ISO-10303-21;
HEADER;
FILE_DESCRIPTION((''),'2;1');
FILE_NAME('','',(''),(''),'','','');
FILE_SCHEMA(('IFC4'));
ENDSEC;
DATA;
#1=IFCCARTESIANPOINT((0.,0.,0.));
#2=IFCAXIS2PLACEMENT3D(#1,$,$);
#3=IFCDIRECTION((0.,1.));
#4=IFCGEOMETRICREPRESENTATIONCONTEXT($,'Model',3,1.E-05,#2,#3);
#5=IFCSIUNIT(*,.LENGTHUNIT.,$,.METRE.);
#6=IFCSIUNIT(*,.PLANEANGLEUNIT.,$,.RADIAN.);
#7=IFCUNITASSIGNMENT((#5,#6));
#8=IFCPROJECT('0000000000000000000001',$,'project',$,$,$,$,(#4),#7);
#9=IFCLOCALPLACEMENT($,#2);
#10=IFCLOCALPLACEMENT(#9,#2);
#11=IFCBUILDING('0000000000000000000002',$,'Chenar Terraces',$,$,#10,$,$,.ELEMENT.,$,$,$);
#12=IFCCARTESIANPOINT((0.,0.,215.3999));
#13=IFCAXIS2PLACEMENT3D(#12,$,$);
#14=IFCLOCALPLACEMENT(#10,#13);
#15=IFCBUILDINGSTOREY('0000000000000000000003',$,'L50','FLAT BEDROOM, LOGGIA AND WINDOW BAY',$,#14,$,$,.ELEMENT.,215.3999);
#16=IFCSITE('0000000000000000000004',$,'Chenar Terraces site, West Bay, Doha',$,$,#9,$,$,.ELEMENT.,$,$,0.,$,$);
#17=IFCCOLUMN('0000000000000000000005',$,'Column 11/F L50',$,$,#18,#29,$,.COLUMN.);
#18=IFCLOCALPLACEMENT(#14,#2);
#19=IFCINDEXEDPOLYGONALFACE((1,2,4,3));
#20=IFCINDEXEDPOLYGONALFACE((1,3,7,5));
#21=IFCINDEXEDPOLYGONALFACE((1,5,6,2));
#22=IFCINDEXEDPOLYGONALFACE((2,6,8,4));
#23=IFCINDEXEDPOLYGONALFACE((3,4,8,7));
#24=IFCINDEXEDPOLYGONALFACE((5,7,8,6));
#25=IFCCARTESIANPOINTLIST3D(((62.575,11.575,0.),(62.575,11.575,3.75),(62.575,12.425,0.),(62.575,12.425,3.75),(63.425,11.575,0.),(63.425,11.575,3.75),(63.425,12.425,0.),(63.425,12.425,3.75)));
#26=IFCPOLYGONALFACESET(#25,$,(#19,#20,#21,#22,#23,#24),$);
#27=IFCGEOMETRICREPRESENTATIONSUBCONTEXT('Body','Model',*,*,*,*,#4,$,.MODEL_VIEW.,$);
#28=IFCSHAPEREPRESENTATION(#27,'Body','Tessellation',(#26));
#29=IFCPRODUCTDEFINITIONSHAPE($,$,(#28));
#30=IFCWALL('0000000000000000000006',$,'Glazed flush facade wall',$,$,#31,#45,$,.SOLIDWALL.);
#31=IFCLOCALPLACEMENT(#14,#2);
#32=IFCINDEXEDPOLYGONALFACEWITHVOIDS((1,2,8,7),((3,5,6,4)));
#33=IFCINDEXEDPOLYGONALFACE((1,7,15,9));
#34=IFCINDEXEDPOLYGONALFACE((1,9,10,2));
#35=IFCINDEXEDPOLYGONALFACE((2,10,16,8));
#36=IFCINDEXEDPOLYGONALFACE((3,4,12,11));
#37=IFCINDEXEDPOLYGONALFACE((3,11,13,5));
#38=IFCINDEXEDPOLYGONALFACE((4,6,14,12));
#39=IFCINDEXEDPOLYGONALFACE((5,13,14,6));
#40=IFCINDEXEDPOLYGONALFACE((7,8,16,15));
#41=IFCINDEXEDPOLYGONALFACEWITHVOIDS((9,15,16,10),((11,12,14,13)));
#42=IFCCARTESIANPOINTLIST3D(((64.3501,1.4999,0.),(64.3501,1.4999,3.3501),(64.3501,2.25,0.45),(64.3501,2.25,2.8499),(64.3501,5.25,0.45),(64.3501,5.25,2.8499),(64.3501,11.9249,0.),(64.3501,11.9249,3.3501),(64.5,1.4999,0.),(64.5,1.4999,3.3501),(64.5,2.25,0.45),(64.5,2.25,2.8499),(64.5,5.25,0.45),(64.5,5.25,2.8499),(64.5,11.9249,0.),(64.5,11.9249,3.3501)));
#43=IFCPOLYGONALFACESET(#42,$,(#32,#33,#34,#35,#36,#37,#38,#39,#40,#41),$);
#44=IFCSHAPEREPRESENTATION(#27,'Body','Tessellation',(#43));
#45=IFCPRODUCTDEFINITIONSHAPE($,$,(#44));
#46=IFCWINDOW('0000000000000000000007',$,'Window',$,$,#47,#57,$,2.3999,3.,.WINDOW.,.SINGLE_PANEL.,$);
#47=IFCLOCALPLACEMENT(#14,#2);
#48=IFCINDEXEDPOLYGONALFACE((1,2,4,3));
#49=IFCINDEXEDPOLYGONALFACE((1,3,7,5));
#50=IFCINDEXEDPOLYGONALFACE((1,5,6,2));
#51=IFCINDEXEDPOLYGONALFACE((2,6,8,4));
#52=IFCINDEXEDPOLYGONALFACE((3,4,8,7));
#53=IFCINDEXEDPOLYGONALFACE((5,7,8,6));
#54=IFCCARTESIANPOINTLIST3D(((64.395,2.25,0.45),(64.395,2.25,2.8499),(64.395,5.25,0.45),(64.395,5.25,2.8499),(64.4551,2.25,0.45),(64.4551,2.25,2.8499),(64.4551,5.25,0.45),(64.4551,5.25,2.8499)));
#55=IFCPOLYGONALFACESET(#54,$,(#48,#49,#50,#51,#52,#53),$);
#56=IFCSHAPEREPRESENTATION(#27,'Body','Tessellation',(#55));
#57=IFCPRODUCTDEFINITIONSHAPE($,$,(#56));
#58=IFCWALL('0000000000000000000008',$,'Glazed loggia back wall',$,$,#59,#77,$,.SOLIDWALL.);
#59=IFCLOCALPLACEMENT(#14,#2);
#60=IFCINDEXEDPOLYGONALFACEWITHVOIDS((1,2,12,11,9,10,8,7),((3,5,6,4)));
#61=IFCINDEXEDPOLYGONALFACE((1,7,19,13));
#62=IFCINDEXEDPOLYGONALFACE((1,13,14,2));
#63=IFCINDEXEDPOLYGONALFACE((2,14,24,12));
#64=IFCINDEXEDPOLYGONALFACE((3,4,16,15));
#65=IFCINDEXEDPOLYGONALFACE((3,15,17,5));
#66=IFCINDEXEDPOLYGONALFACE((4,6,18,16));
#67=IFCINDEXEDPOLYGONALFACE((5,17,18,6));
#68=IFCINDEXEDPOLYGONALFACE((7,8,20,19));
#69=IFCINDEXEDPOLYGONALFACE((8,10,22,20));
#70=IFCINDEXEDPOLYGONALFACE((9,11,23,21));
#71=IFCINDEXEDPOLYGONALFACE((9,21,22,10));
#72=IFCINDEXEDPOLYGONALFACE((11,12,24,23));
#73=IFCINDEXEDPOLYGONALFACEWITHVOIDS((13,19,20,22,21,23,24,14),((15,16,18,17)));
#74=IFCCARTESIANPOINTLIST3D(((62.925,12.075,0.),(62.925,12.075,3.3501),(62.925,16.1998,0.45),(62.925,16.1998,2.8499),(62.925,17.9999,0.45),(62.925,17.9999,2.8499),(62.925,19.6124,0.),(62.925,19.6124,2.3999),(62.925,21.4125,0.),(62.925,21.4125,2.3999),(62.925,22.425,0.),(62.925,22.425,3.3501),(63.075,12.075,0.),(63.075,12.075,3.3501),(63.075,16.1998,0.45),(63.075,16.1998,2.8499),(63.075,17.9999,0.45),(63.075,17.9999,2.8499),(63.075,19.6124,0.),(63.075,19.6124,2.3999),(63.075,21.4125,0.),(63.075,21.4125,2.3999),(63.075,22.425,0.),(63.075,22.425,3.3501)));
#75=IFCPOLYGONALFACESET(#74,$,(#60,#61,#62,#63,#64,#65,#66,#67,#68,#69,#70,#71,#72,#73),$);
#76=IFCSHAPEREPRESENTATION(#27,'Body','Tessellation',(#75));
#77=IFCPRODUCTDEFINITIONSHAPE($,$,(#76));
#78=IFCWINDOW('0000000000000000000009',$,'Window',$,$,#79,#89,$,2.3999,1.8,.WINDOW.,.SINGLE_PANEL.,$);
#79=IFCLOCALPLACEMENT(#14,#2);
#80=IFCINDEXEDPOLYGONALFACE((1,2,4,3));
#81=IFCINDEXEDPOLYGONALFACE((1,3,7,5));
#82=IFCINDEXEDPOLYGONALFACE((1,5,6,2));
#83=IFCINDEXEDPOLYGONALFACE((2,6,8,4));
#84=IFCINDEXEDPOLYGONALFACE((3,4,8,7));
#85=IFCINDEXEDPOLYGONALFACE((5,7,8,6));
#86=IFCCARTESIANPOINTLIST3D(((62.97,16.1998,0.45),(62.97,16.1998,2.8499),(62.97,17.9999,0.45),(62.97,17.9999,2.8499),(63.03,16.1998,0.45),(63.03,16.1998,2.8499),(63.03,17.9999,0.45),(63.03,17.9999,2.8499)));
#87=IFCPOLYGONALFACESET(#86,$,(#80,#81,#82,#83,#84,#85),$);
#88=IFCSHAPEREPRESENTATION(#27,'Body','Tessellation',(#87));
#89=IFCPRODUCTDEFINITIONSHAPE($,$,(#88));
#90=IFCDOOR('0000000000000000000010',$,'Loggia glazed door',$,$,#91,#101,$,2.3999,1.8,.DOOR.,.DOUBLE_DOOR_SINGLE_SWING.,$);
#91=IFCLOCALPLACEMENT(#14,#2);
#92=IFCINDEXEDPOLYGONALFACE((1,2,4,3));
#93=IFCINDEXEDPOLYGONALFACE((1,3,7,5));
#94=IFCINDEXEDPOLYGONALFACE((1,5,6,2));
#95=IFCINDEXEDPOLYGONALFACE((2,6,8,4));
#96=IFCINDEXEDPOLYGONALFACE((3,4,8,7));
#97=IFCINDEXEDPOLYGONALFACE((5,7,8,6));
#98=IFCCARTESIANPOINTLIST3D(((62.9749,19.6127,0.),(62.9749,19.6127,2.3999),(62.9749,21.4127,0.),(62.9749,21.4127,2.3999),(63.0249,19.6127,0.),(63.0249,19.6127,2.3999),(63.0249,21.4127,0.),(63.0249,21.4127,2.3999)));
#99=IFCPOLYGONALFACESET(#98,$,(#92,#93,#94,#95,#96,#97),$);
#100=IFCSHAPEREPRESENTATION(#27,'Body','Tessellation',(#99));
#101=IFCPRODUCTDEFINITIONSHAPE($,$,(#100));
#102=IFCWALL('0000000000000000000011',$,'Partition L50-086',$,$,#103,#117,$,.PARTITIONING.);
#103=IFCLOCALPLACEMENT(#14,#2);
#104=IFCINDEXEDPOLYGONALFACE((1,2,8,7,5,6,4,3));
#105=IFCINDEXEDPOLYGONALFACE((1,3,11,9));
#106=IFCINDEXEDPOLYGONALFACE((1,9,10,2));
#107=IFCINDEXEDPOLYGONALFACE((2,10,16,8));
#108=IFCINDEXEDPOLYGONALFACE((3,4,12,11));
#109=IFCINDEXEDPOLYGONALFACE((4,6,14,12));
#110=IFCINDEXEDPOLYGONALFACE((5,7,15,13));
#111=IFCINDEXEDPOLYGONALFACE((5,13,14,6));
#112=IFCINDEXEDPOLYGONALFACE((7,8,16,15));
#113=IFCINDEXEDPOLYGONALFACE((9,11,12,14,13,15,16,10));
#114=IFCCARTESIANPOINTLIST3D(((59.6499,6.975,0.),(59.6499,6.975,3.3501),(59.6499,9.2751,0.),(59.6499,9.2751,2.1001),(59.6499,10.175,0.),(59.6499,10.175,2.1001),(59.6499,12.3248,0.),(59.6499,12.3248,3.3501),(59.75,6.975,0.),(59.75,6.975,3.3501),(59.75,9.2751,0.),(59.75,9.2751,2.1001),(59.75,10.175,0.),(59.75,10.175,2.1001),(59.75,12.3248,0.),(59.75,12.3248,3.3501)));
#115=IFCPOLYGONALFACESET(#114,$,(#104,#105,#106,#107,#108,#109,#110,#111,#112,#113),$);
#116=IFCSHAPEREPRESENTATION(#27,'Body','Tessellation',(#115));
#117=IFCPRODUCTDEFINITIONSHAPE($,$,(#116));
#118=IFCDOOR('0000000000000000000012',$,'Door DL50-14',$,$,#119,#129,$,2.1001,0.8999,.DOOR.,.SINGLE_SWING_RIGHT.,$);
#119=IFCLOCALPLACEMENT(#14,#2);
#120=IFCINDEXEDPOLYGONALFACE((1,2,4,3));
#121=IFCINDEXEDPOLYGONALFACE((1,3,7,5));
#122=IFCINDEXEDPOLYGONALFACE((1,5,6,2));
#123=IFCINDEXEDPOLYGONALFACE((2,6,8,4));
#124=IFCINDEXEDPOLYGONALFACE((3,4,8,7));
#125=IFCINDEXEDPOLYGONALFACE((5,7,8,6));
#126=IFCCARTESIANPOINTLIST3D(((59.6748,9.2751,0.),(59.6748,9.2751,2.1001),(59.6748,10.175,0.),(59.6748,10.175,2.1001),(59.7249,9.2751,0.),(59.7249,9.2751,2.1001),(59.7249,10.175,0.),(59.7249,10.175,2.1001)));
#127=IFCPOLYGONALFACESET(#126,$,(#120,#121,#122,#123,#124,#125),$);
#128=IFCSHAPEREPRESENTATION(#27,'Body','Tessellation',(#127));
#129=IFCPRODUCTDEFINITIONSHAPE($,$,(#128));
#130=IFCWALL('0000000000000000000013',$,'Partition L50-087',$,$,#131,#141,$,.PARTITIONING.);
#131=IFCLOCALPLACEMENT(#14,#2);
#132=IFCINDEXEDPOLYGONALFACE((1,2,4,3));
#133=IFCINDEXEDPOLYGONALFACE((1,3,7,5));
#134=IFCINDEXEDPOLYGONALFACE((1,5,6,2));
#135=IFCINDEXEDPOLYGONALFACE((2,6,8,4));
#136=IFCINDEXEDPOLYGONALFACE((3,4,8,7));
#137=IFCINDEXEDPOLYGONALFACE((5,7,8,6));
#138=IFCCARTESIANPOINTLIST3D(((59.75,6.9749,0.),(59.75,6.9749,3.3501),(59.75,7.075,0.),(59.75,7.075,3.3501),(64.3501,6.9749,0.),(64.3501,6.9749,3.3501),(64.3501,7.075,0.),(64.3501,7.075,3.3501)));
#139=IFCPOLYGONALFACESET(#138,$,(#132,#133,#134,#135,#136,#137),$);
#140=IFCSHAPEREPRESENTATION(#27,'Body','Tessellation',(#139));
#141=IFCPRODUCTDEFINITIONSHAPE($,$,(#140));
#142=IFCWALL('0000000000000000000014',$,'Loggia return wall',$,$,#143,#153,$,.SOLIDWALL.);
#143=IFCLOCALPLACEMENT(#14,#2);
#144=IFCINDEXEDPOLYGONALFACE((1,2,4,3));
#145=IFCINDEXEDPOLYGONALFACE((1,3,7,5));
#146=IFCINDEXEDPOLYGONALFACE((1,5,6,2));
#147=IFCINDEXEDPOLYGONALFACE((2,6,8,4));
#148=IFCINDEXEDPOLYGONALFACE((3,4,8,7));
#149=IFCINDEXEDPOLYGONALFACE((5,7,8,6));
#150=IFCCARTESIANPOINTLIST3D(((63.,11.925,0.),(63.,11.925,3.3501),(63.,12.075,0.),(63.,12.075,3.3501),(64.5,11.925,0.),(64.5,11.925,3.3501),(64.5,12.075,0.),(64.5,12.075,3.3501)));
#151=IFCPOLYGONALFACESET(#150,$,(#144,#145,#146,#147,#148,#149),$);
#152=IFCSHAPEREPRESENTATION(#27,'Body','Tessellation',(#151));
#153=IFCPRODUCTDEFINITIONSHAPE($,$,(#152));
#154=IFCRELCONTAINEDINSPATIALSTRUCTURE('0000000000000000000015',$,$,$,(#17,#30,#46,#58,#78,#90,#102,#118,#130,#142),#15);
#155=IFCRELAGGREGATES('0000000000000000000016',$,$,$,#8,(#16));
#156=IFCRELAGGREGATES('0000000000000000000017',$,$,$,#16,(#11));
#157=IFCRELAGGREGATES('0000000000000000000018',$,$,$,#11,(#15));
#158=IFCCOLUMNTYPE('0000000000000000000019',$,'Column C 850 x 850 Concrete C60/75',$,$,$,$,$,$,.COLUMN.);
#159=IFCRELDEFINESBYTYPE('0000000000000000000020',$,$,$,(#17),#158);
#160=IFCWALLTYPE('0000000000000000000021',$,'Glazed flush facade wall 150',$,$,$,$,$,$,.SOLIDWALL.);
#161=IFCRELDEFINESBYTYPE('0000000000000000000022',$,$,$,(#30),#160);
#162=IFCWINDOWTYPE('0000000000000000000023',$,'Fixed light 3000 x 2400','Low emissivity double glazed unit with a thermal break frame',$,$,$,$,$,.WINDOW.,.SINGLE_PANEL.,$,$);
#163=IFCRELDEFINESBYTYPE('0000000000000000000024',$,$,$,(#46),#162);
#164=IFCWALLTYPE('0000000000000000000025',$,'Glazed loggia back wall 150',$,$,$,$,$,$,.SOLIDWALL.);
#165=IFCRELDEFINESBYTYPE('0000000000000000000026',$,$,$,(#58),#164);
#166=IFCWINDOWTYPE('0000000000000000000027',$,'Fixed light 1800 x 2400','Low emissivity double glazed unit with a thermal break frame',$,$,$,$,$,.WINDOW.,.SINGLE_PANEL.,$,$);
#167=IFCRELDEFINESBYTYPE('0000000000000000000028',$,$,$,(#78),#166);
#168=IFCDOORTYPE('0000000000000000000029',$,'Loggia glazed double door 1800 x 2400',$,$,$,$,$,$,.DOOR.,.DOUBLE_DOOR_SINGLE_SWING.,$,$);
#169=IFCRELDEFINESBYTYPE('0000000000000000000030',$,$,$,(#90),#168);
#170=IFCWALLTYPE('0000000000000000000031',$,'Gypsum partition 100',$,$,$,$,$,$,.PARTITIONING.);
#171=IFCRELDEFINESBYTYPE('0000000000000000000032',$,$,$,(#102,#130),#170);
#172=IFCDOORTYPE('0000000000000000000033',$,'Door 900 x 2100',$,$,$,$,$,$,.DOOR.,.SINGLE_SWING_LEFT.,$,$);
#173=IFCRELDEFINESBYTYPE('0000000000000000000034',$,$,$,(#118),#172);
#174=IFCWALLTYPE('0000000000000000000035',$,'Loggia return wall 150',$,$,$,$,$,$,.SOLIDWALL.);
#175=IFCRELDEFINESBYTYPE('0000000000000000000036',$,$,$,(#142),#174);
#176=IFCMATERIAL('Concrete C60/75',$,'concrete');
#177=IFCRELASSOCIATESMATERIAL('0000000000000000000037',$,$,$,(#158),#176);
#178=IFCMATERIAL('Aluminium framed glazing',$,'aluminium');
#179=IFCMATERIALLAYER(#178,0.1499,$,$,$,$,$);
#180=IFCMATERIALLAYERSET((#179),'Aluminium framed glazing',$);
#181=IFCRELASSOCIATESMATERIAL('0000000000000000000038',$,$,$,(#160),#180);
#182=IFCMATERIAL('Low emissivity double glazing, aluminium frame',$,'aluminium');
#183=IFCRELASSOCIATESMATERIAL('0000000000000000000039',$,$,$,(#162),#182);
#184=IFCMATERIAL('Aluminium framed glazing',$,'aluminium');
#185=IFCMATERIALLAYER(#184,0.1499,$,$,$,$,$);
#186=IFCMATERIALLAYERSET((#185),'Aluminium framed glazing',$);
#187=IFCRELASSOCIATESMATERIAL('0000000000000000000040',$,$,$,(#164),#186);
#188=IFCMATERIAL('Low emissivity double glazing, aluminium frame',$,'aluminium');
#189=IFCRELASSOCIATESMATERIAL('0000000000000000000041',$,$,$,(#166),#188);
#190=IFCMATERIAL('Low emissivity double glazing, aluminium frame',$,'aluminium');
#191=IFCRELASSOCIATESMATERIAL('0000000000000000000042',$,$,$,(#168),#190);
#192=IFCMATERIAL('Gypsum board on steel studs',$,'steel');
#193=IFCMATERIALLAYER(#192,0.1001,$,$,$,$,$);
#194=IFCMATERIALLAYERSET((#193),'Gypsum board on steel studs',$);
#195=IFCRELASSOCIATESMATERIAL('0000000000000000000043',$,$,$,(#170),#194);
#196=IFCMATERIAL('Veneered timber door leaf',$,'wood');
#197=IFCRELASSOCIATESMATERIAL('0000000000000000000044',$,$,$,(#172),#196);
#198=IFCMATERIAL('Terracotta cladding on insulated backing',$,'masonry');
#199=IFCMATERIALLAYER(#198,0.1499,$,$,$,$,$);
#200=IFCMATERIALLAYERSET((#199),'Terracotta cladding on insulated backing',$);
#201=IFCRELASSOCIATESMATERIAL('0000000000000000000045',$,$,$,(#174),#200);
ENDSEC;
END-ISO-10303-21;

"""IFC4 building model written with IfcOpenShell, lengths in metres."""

from ifc_helpers import new_model, si_unit, direction, frame, frame_2d, origin, origin_2d, place, context, subcontext, project, spatial, rectangle, extrude, material, layer, layer_set, material_profile, profile_set, type_object, element, fill, save


model = new_model("IFC4")

# Units and contexts
model_context = context("Model", 3, precision=1e-05, world=origin(), true_north=direction((0.0, 1.0)))
body_context = subcontext(model_context, "Body", "Model", "MODEL_VIEW")
ifc_project = project(units=[si_unit("LENGTHUNIT", "METRE"), si_unit("PLANEANGLEUNIT", "RADIAN")], contexts=[model_context])

# Site, building, storey
site_placement = place(None, origin())
site = spatial("IfcSite", under=ifc_project, at=site_placement, Name="Chenar Terraces site, West Bay, Doha", CompositionType="ELEMENT", RefElevation=0.0)
building_placement = place(site_placement, origin())
building = spatial("IfcBuilding", under=site, at=building_placement, Name="Chenar Terraces", CompositionType="ELEMENT")
storey_placement = place(building_placement, frame((0.0, 0.0, 215.3999)))
storey = spatial("IfcBuildingStorey", under=building, at=storey_placement, Name="L50", Description="FLAT BEDROOM, LOGGIA AND WINDOW BAY", CompositionType="ELEMENT", Elevation=215.3999)

# Column
ifc_material_1 = material(Name="Concrete C60/75", Category="concrete")
ifc_material_profile = material_profile(ifc_material_1, rectangle(XDim=0.8501, YDim=0.8501, at=origin_2d()), Name="C 850 x 850")
ifc_profile_set = profile_set([ifc_material_profile], Name="Concrete C60/75")
column_type = type_object("IfcColumnType", Name="Column C 850 x 850 Concrete C60/75", PredefinedType="COLUMN", material=ifc_profile_set)
column_placement = place(storey_placement, frame((63.0, 12.0, 0.0), z_axis=(0.0, 0.0, 1.0), x_axis=(1.0, 0.0, 0.0)))
element("IfcColumn", 1, at=column_placement, inside=storey, type_object=column_type, Name="Column 11/F L50", PredefinedType="COLUMN", context=body_context, shape_type="SweptSolid", body=[
    extrude(rectangle(XDim=0.8501, YDim=0.8501, at=origin_2d()), origin(), (0.0, 0.0, 1.0), 3.75),
])

# Wall, opening, window
ifc_material_2 = material(Name="Aluminium framed glazing", Category="aluminium")
ifc_layer_1 = layer(ifc_material_2, 0.1499)
ifc_layer_set_1 = layer_set([ifc_layer_1], Name="Aluminium framed glazing")
wall_type_1 = type_object("IfcWallType", Name="Glazed flush facade wall 150", PredefinedType="SOLIDWALL", material=ifc_layer_set_1)
wall_1_placement = place(storey_placement, frame((64.425, 1.5, 0.0), z_axis=(0.0, 0.0, 1.0), x_axis=(0.0, 1.0, 0.0)))
wall_1 = element("IfcWall", 2, at=wall_1_placement, inside=storey, type_object=wall_type_1, Name="Glazed flush facade wall", PredefinedType="SOLIDWALL", context=body_context, shape_type="SweptSolid", body=[
    extrude(rectangle(XDim=10.425, YDim=0.1499, at=frame_2d((5.2124, 0.0))), origin(), (0.0, 0.0, 1.0), 3.3501),
])
opening_1_placement = place(wall_1_placement, frame((0.75, 0.0, 0.45)))
opening_1 = element("IfcOpeningElement", 3, at=opening_1_placement, cuts=wall_1, PredefinedType="OPENING", context=body_context, shape_type="SweptSolid", body=[
    extrude(rectangle(XDim=3.0, YDim=2.3999, at=frame_2d((1.5, 1.2))), frame((0.0, 0.085, 0.0), z_axis=(0.0, -1.0, 0.0), x_axis=(1.0, 0.0, 0.0)), (0.0, 0.0, 1.0), 0.1699),
])
ifc_material_3 = material(Name="Low emissivity double glazing, aluminium frame", Category="aluminium")
window_type_1 = type_object("IfcWindowType", Name="Fixed light 3000 x 2400", Description="Low emissivity double glazed unit with a thermal break frame", PartitioningType="SINGLE_PANEL", PredefinedType="WINDOW", material=ifc_material_3)
window_1_placement = place(opening_1_placement, origin())
window_1 = element("IfcWindow", 4, at=window_1_placement, inside=storey, type_object=window_type_1, Name="Window", OverallHeight=2.3999, OverallWidth=3.0, PartitioningType="SINGLE_PANEL", PredefinedType="WINDOW", context=body_context, shape_type="SweptSolid", body=[
    extrude(rectangle(XDim=3.0, YDim=2.3999, at=frame_2d((1.5, 1.2))), frame((0.0, 0.03, 0.0), z_axis=(0.0, -1.0, 0.0), x_axis=(1.0, 0.0, 0.0)), (0.0, 0.0, 1.0), 0.0601),
])
fill(opening_1, window_1)

# Wall, openings, window, door
ifc_material_4 = material(Name="Aluminium framed glazing", Category="aluminium")
ifc_layer_2 = layer(ifc_material_4, 0.1499)
ifc_layer_set_2 = layer_set([ifc_layer_2], Name="Aluminium framed glazing")
wall_type_2 = type_object("IfcWallType", Name="Glazed loggia back wall 150", PredefinedType="SOLIDWALL", material=ifc_layer_set_2)
wall_2_placement = place(storey_placement, frame((63.0, 12.075, 0.0), z_axis=(0.0, 0.0, 1.0), x_axis=(0.0, 1.0, 0.0)))
wall_2 = element("IfcWall", 5, at=wall_2_placement, inside=storey, type_object=wall_type_2, Name="Glazed loggia back wall", PredefinedType="SOLIDWALL", context=body_context, shape_type="SweptSolid", body=[
    extrude(rectangle(XDim=10.3501, YDim=0.1499, at=frame_2d((5.175, 0.0))), origin(), (0.0, 0.0, 1.0), 3.3501),
])
opening_2_placement = place(wall_2_placement, frame((4.125, 0.0, 0.45)))
opening_2 = element("IfcOpeningElement", 6, at=opening_2_placement, cuts=wall_2, PredefinedType="OPENING", context=body_context, shape_type="SweptSolid", body=[
    extrude(rectangle(XDim=1.8, YDim=2.3999, at=frame_2d((0.8999, 1.2))), frame((0.0, 0.085, 0.0), z_axis=(0.0, -1.0, 0.0), x_axis=(1.0, 0.0, 0.0)), (0.0, 0.0, 1.0), 0.1699),
])
opening_3_placement = place(wall_2_placement, frame((7.5376, 0.0, 0.0)))
opening_3 = element("IfcOpeningElement", 7, at=opening_3_placement, cuts=wall_2, PredefinedType="OPENING", context=body_context, shape_type="SweptSolid", body=[
    extrude(rectangle(XDim=1.8, YDim=2.3999, at=frame_2d((0.8999, 1.2))), frame((0.0, 0.085, 0.0), z_axis=(0.0, -1.0, 0.0), x_axis=(1.0, 0.0, 0.0)), (0.0, 0.0, 1.0), 0.1699),
])
ifc_material_5 = material(Name="Low emissivity double glazing, aluminium frame", Category="aluminium")
window_type_2 = type_object("IfcWindowType", Name="Fixed light 1800 x 2400", Description="Low emissivity double glazed unit with a thermal break frame", PartitioningType="SINGLE_PANEL", PredefinedType="WINDOW", material=ifc_material_5)
window_2_placement = place(opening_2_placement, origin())
window_2 = element("IfcWindow", 8, at=window_2_placement, inside=storey, type_object=window_type_2, Name="Window", OverallHeight=2.3999, OverallWidth=1.8, PartitioningType="SINGLE_PANEL", PredefinedType="WINDOW", context=body_context, shape_type="SweptSolid", body=[
    extrude(rectangle(XDim=1.8, YDim=2.3999, at=frame_2d((0.8999, 1.2))), frame((0.0, 0.03, 0.0), z_axis=(0.0, -1.0, 0.0), x_axis=(1.0, 0.0, 0.0)), (0.0, 0.0, 1.0), 0.0601),
])
fill(opening_2, window_2)
ifc_material_6 = material(Name="Low emissivity double glazing, aluminium frame", Category="aluminium")
door_type_1 = type_object("IfcDoorType", Name="Loggia glazed double door 1800 x 2400", OperationType="DOUBLE_DOOR_SINGLE_SWING", PredefinedType="DOOR", material=ifc_material_6)
door_1_placement = place(opening_3_placement, frame((1.8, 0.0, 0.0), z_axis=(0.0, 0.0, 1.0), x_axis=(-1.0, 0.0, 0.0)))
door_1 = element("IfcDoor", 9, at=door_1_placement, inside=storey, type_object=door_type_1, Name="Loggia glazed door", OperationType="DOUBLE_DOOR_SINGLE_SWING", OverallHeight=2.3999, OverallWidth=1.8, PredefinedType="DOOR", context=body_context, shape_type="SweptSolid", body=[
    extrude(rectangle(XDim=1.8, YDim=2.3999, at=frame_2d((0.8999, 1.2))), frame((0.0, 0.0249, 0.0), z_axis=(0.0, -1.0, 0.0), x_axis=(1.0, 0.0, 0.0)), (0.0, 0.0, 1.0), 0.05),
])
fill(opening_3, door_1)

# Wall, opening, door
ifc_material_7 = material(Name="Gypsum board on steel studs", Category="steel")
ifc_layer_3 = layer(ifc_material_7, 0.1001)
ifc_layer_set_3 = layer_set([ifc_layer_3], Name="Gypsum board on steel studs")
wall_type_3 = type_object("IfcWallType", Name="Gypsum partition 100", PredefinedType="PARTITIONING", material=ifc_layer_set_3)
wall_3_placement = place(storey_placement, frame((59.7, 6.9751, 0.0), z_axis=(0.0, 0.0, 1.0), x_axis=(0.0, 1.0, 0.0)))
wall_3 = element("IfcWall", 10, at=wall_3_placement, inside=storey, type_object=wall_type_3, Name="Partition L50-086", PredefinedType="PARTITIONING", context=body_context, shape_type="SweptSolid", body=[
    extrude(rectangle(XDim=5.3499, YDim=0.1001, at=frame_2d((2.6748, 0.0))), origin(), (0.0, 0.0, 1.0), 3.3501),
])
opening_4_placement = place(wall_3_placement, frame((2.3, 0.0, 0.0)))
opening_4 = element("IfcOpeningElement", 11, at=opening_4_placement, cuts=wall_3, PredefinedType="OPENING", context=body_context, shape_type="SweptSolid", body=[
    extrude(rectangle(XDim=0.8999, YDim=2.1001, at=frame_2d((0.45, 1.05))), frame((0.0, 0.0601, 0.0), z_axis=(0.0, -1.0, 0.0), x_axis=(1.0, 0.0, 0.0)), (0.0, 0.0, 1.0), 0.1201),
])
ifc_material_8 = material(Name="Veneered timber door leaf", Category="wood")
door_type_2 = type_object("IfcDoorType", Name="Door 900 x 2100", OperationType="SINGLE_SWING_LEFT", PredefinedType="DOOR", material=ifc_material_8)
door_2_placement = place(opening_4_placement, frame((0.8999, 0.0, 0.0), z_axis=(0.0, 0.0, 1.0), x_axis=(-1.0, 0.0, 0.0)))
door_2 = element("IfcDoor", 12, at=door_2_placement, inside=storey, type_object=door_type_2, Name="Door DL50-14", OperationType="SINGLE_SWING_RIGHT", OverallHeight=2.1001, OverallWidth=0.8999, PredefinedType="DOOR", context=body_context, shape_type="SweptSolid", body=[
    extrude(rectangle(XDim=0.8999, YDim=2.1001, at=frame_2d((0.45, 1.05))), frame((0.0, 0.0249, 0.0), z_axis=(0.0, -1.0, 0.0), x_axis=(1.0, 0.0, 0.0)), (0.0, 0.0, 1.0), 0.05),
])
fill(opening_4, door_2)

# Walls
wall_4_placement = place(storey_placement, frame((59.75, 7.0249, 0.0), z_axis=(0.0, 0.0, 1.0), x_axis=(1.0, 0.0, 0.0)))
element("IfcWall", 13, at=wall_4_placement, inside=storey, type_object=wall_type_3, Name="Partition L50-087", PredefinedType="PARTITIONING", context=body_context, shape_type="SweptSolid", body=[
    extrude(rectangle(XDim=4.6001, YDim=0.1001, at=frame_2d((2.3, 0.0))), origin(), (0.0, 0.0, 1.0), 3.3501),
])
ifc_material_9 = material(Name="Terracotta cladding on insulated backing", Category="masonry")
ifc_layer_4 = layer(ifc_material_9, 0.1499)
ifc_layer_set_4 = layer_set([ifc_layer_4], Name="Terracotta cladding on insulated backing")
wall_type_4 = type_object("IfcWallType", Name="Loggia return wall 150", PredefinedType="SOLIDWALL", material=ifc_layer_set_4)
wall_5_placement = place(storey_placement, frame((64.5, 12.0, 0.0), z_axis=(0.0, 0.0, 1.0), x_axis=(-1.0, 0.0, 0.0)))
element("IfcWall", 14, at=wall_5_placement, inside=storey, type_object=wall_type_4, Name="Loggia return wall", PredefinedType="SOLIDWALL", context=body_context, shape_type="SweptSolid", body=[
    extrude(rectangle(XDim=1.5, YDim=0.1499, at=frame_2d((0.75, 0.0))), origin(), (0.0, 0.0, 1.0), 3.3501),
])

save(model, "model.ifc")
